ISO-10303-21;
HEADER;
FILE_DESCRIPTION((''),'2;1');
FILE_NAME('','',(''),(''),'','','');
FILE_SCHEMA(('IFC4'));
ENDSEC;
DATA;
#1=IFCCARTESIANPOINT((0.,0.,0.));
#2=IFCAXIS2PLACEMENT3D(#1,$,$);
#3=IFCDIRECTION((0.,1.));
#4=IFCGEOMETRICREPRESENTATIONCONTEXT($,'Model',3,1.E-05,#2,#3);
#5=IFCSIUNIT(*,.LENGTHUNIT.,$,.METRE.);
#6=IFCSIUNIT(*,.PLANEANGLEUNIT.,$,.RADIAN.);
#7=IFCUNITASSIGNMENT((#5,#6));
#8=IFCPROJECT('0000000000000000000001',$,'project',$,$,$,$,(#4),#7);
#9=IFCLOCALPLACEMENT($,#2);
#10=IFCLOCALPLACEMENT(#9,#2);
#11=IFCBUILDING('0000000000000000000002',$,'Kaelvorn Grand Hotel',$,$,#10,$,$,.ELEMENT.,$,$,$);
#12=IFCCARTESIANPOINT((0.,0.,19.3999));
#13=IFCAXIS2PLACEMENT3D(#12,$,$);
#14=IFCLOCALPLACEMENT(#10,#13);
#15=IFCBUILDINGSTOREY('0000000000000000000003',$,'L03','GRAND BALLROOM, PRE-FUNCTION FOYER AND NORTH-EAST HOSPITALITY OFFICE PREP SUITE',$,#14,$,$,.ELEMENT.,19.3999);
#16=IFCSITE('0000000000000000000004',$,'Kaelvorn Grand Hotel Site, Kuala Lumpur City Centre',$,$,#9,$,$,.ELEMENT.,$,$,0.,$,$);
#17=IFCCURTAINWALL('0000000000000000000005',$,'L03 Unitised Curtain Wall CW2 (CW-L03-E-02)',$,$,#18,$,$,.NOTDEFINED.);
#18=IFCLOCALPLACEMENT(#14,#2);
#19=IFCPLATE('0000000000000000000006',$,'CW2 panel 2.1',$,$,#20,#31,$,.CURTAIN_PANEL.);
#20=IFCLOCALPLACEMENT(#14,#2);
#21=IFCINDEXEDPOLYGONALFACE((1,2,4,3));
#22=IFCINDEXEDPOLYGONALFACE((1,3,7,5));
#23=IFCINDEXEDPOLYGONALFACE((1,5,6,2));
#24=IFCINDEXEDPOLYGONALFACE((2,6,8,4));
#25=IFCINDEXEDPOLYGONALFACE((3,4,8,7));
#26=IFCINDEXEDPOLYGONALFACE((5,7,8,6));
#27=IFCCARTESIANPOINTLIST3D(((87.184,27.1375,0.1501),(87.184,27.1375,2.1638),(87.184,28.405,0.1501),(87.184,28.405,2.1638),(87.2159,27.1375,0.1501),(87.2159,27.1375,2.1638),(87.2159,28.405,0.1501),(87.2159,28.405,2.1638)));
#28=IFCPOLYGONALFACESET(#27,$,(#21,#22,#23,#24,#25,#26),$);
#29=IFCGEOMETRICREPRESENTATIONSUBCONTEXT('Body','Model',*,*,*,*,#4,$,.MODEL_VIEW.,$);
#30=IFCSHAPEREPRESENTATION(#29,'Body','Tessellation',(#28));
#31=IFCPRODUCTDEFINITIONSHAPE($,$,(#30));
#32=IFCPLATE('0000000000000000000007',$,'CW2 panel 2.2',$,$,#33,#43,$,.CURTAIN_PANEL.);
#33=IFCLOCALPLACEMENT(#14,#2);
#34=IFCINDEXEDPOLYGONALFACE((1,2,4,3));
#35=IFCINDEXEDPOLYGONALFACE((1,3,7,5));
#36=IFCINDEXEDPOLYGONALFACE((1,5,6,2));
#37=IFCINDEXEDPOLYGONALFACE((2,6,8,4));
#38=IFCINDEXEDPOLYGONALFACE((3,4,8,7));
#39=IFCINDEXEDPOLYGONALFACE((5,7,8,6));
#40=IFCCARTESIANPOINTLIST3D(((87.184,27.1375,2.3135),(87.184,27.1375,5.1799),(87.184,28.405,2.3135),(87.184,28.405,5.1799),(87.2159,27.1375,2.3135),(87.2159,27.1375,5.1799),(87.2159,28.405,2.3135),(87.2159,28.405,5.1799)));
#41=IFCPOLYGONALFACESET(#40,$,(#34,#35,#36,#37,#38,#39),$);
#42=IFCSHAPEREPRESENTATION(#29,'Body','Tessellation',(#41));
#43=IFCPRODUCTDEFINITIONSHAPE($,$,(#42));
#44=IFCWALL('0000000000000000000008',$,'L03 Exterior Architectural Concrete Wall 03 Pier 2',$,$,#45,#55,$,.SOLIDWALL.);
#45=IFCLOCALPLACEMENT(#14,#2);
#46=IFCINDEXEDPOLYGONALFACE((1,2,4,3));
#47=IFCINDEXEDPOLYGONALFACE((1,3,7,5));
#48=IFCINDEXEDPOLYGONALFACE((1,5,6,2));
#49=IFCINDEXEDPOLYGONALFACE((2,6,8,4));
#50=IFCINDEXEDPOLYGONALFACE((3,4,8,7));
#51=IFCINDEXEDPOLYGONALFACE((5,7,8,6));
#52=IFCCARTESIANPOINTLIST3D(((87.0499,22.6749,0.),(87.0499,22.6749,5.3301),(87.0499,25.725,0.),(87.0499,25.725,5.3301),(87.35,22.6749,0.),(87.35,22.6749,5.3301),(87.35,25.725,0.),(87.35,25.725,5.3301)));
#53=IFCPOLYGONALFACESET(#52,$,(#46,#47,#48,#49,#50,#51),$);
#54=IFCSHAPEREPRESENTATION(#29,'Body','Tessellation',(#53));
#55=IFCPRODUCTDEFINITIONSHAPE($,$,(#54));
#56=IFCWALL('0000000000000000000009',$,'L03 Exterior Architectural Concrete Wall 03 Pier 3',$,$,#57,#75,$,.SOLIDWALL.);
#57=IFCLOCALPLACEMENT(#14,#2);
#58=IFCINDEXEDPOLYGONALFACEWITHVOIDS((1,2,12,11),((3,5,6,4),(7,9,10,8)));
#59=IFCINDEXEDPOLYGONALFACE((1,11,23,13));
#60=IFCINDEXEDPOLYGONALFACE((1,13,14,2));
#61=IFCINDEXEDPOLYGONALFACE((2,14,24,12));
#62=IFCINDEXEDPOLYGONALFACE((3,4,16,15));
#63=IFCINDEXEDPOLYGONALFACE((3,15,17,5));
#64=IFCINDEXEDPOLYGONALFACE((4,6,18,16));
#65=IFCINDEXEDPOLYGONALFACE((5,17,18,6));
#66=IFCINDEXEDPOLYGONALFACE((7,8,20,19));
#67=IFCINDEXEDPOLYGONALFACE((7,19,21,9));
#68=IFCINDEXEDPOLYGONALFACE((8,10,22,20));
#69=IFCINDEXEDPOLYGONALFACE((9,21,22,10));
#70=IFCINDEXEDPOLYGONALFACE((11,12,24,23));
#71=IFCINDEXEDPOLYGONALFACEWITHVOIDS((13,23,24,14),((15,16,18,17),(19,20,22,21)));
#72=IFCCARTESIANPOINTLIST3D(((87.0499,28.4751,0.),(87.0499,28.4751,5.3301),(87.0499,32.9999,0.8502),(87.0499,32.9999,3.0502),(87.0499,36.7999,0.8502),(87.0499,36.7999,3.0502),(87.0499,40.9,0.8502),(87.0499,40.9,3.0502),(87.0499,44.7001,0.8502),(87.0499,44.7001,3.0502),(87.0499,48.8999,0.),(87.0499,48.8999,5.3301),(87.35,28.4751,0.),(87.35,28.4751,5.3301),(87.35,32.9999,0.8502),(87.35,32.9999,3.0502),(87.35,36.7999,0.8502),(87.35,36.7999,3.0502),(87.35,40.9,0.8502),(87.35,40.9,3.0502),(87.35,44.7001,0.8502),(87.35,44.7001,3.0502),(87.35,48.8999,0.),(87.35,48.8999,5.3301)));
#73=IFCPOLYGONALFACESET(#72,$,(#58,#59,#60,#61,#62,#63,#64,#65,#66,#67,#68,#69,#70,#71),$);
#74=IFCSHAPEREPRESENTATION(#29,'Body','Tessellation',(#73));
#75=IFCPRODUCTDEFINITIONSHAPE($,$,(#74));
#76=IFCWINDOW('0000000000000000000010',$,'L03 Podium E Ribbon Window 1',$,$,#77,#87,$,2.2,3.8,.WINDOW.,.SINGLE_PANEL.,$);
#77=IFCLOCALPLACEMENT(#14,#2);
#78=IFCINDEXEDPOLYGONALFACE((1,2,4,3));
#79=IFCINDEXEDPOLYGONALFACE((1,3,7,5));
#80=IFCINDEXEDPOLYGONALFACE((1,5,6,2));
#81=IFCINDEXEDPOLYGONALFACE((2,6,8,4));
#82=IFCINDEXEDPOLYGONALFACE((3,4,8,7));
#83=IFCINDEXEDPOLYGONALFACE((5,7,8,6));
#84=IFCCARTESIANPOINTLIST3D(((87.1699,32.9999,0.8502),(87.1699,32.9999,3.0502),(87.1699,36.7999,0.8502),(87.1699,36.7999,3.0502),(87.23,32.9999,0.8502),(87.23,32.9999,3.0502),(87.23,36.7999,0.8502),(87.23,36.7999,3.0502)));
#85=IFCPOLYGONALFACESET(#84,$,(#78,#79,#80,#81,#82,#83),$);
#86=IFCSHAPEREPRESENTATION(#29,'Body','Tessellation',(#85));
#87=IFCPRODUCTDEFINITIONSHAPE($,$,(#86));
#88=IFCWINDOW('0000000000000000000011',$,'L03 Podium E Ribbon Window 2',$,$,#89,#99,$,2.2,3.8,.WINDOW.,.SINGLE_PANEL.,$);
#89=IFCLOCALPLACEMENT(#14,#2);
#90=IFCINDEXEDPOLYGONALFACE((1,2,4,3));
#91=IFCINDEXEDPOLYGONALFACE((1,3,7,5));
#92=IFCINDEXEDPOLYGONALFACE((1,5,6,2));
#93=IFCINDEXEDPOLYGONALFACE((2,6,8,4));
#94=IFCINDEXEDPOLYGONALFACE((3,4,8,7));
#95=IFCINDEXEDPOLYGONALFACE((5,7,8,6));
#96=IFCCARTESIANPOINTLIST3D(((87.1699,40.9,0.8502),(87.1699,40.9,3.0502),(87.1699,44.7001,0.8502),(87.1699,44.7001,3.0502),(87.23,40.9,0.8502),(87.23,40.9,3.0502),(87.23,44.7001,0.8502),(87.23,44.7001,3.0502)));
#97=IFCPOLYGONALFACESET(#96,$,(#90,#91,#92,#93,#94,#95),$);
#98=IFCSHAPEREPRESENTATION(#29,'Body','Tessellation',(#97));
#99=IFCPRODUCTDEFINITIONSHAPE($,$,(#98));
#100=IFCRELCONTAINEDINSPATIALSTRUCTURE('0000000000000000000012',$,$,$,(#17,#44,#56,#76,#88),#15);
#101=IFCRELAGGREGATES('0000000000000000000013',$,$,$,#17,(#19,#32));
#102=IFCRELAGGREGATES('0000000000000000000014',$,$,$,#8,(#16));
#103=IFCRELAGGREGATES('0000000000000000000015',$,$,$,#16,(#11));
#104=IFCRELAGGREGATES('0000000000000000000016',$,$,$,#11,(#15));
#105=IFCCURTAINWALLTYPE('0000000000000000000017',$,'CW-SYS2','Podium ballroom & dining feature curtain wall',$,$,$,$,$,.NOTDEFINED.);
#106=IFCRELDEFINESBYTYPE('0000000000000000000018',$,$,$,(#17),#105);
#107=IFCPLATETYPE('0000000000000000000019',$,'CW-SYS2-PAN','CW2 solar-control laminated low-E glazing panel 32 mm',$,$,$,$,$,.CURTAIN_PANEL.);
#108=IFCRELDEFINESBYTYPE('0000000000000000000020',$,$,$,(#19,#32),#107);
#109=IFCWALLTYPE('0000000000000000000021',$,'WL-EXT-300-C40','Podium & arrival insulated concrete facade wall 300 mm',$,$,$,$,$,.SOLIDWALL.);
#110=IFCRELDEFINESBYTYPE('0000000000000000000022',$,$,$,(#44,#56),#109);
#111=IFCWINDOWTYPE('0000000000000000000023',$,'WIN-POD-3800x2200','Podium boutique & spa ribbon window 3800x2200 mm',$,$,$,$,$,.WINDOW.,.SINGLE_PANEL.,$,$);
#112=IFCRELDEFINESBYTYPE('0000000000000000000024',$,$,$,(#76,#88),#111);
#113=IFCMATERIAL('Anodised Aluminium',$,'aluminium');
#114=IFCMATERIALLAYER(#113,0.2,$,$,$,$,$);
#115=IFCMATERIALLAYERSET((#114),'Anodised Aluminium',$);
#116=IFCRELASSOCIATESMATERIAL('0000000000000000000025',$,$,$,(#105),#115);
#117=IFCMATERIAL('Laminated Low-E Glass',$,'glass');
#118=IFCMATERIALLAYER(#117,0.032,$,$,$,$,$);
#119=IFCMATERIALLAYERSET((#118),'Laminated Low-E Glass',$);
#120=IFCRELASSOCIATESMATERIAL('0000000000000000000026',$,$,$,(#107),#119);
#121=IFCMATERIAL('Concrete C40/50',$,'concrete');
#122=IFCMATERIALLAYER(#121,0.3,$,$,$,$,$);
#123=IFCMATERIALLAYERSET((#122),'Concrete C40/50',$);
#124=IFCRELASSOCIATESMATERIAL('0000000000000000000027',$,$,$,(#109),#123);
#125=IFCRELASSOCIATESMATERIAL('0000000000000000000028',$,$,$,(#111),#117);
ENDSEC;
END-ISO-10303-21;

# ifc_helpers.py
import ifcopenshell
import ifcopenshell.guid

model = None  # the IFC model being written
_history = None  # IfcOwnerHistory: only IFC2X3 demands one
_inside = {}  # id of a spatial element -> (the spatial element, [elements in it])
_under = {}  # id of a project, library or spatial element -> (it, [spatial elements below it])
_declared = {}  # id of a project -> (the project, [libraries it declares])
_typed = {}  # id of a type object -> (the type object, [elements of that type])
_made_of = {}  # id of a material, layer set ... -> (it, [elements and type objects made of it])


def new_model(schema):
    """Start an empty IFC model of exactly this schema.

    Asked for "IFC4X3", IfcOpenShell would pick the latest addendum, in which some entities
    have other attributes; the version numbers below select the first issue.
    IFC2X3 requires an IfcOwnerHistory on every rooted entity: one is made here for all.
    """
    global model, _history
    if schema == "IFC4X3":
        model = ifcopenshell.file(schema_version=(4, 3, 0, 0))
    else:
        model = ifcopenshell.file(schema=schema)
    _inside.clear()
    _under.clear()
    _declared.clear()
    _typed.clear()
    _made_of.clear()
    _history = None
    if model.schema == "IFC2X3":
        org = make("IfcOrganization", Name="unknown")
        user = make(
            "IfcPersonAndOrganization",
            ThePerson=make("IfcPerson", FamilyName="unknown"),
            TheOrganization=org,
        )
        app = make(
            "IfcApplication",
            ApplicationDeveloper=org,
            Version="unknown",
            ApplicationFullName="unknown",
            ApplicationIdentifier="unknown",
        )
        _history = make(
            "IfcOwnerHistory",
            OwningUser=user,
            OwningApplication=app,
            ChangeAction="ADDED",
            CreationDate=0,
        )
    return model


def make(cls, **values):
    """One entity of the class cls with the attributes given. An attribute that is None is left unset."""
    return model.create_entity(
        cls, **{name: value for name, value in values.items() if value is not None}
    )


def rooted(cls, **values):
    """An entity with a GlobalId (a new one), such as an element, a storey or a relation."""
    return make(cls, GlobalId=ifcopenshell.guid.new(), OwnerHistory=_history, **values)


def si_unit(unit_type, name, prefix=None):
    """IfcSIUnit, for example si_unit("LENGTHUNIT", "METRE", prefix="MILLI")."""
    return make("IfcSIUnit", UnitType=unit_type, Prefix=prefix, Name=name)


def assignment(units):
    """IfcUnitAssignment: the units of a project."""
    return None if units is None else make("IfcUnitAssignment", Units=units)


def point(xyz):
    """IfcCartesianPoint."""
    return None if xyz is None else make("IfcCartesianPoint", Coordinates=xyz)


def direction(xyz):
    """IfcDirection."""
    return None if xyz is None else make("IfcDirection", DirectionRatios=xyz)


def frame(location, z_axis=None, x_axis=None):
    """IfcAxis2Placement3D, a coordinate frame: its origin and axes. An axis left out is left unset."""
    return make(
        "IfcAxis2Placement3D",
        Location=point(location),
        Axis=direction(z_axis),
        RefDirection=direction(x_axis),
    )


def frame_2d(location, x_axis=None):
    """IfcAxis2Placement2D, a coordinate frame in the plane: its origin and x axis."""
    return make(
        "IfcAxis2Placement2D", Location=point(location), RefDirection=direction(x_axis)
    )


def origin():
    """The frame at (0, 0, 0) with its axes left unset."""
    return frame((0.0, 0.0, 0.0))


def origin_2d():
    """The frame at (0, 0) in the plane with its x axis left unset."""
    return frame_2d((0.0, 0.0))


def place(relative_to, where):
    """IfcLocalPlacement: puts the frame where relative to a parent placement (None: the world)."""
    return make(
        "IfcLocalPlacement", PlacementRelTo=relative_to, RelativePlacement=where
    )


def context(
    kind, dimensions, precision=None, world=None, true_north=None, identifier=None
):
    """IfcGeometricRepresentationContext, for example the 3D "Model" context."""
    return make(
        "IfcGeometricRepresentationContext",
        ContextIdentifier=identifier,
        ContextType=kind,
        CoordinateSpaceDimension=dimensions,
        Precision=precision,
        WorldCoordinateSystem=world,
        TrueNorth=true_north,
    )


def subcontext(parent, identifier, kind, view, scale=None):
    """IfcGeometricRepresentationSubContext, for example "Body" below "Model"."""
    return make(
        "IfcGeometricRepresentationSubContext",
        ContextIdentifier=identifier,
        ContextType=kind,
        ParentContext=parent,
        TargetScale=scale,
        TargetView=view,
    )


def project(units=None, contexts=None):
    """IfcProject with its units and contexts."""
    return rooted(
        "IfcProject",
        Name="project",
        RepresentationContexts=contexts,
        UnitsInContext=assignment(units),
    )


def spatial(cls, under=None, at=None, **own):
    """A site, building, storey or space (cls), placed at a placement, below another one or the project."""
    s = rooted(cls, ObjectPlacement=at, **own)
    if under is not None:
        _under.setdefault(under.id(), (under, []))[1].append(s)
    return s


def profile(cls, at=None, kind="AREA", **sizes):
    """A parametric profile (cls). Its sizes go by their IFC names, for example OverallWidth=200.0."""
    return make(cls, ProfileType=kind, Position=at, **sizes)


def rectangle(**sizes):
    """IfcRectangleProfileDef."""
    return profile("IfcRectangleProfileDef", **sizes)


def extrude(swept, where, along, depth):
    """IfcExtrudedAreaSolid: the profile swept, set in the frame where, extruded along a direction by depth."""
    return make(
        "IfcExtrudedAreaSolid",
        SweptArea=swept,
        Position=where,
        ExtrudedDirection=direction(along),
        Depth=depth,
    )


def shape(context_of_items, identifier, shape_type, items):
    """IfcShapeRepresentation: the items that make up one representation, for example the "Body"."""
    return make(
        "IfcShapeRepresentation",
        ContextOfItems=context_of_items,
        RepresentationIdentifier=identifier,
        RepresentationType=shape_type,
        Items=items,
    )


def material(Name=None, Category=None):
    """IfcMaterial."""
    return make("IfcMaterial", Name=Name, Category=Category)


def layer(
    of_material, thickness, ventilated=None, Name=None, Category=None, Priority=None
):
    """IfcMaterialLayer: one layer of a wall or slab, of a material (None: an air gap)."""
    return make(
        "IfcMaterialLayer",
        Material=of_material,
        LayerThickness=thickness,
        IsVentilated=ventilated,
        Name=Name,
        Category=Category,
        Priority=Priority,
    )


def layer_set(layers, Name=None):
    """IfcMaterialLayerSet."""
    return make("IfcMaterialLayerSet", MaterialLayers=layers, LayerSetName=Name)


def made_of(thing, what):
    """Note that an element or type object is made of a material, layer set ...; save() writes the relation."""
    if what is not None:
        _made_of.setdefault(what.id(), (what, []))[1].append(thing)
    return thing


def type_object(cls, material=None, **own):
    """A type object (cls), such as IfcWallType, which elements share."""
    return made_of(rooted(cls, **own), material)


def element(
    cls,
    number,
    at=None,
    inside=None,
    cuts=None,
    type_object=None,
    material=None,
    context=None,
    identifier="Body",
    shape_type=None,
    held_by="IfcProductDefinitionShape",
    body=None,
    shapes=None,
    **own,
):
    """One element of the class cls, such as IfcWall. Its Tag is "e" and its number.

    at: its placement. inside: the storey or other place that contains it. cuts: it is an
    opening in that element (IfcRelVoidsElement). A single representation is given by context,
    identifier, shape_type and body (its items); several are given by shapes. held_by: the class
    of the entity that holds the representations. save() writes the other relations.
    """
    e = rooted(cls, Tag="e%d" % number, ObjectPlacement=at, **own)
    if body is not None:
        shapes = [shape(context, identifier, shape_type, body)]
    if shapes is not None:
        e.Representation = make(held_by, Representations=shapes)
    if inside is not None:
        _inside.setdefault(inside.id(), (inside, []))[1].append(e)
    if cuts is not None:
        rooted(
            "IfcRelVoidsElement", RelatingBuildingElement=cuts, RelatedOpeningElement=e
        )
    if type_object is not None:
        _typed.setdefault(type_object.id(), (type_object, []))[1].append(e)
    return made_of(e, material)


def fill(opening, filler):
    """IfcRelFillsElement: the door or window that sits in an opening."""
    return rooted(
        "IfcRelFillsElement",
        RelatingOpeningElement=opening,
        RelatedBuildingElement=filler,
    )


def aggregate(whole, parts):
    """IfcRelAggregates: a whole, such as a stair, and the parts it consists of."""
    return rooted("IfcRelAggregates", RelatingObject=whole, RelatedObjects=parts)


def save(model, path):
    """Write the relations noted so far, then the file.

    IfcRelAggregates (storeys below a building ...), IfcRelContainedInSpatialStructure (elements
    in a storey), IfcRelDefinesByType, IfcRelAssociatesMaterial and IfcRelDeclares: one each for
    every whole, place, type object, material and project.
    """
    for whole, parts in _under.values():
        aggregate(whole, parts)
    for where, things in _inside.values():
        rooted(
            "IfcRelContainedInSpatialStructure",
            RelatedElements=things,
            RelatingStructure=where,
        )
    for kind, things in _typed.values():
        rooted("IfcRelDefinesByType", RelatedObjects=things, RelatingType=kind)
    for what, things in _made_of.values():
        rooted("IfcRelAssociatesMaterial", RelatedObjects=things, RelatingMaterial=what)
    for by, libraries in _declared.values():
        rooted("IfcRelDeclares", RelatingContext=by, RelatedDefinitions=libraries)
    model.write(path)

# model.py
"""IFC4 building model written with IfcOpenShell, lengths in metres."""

from ifc_helpers import new_model, si_unit, direction, frame, frame_2d, origin, origin_2d, place, context, subcontext, project, spatial, rectangle, extrude, material, layer, layer_set, type_object, element, fill, aggregate, save


model = new_model("IFC4")

# Units and contexts
model_context = context("Model", 3, precision=1e-05, world=origin(), true_north=direction((0.0, 1.0)))
body_context = subcontext(model_context, "Body", "Model", "MODEL_VIEW")
ifc_project = project(units=[si_unit("LENGTHUNIT", "METRE"), si_unit("PLANEANGLEUNIT", "RADIAN")], contexts=[model_context])

# Site, building, storey
site_placement = place(None, origin())
site = spatial("IfcSite", under=ifc_project, at=site_placement, Name="Kaelvorn Grand Hotel Site, Kuala Lumpur City Centre", CompositionType="ELEMENT", RefElevation=0.0)
building_placement = place(site_placement, origin())
building = spatial("IfcBuilding", under=site, at=building_placement, Name="Kaelvorn Grand Hotel", CompositionType="ELEMENT")
storey_placement = place(building_placement, frame((0.0, 0.0, 19.3999)))
storey = spatial("IfcBuildingStorey", under=building, at=storey_placement, Name="L03", Description="GRAND BALLROOM, PRE-FUNCTION FOYER AND NORTH-EAST HOSPITALITY OFFICE PREP SUITE", CompositionType="ELEMENT", Elevation=19.3999)

# Shared definitions
ifc_material_1 = material(Name="Anodised Aluminium", Category="aluminium")
ifc_layer_1 = layer(ifc_material_1, 0.2)
ifc_layer_set_1 = layer_set([ifc_layer_1], Name="Anodised Aluminium")
curtain_wall_type = type_object("IfcCurtainWallType", Name="CW-SYS2", Description="Podium ballroom & dining feature curtain wall", PredefinedType="NOTDEFINED", material=ifc_layer_set_1)

# Curtain wall
curtain_wall_1_placement = place(storey_placement, origin())
curtain_wall_1 = element("IfcCurtainWall", 1, at=curtain_wall_1_placement, inside=storey, type_object=curtain_wall_type, Name="L03 Unitised Curtain Wall CW2 (CW-L03-E-02)", PredefinedType="NOTDEFINED")

# Plates
ifc_material_2 = material(Name="Laminated Low-E Glass", Category="glass")
ifc_layer_2 = layer(ifc_material_2, 0.032)
ifc_layer_set_2 = layer_set([ifc_layer_2], Name="Laminated Low-E Glass")
plate_type = type_object("IfcPlateType", Name="CW-SYS2-PAN", Description="CW2 solar-control laminated low-E glazing panel 32 mm", PredefinedType="CURTAIN_PANEL", material=ifc_layer_set_2)
plate_1_placement = place(storey_placement, frame((87.2, 27.7712, 0.1501), z_axis=(0.0, 0.0, 1.0), x_axis=(0.0, 1.0, 0.0)))
plate_1 = element("IfcPlate", 2, at=plate_1_placement, type_object=plate_type, Name="CW2 panel 2.1", PredefinedType="CURTAIN_PANEL", context=body_context, shape_type="SweptSolid", body=[
    extrude(rectangle(XDim=1.2676, YDim=0.032, at=origin_2d()), origin(), (0.0, 0.0, 1.0), 2.0137),
])
plate_2_placement = place(storey_placement, frame((87.2, 27.7712, 2.3135), z_axis=(0.0, 0.0, 1.0), x_axis=(0.0, 1.0, 0.0)))
plate_2 = element("IfcPlate", 3, at=plate_2_placement, type_object=plate_type, Name="CW2 panel 2.2", PredefinedType="CURTAIN_PANEL", context=body_context, shape_type="SweptSolid", body=[
    extrude(rectangle(XDim=1.2676, YDim=0.032, at=origin_2d()), origin(), (0.0, 0.0, 1.0), 2.8665),
])
aggregate(curtain_wall_1, [plate_1, plate_2])

# Wall
ifc_material_3 = material(Name="Concrete C40/50", Category="concrete")
ifc_layer_3 = layer(ifc_material_3, 0.3)
ifc_layer_set_3 = layer_set([ifc_layer_3], Name="Concrete C40/50")
wall_type = type_object("IfcWallType", Name="WL-EXT-300-C40", Description="Podium & arrival insulated concrete facade wall 300 mm", PredefinedType="SOLIDWALL", material=ifc_layer_set_3)
wall_1_placement = place(storey_placement, frame((87.2, 22.675, 0.0), z_axis=(0.0, 0.0, 1.0), x_axis=(0.0, 1.0, 0.0)))
element("IfcWall", 4, at=wall_1_placement, inside=storey, type_object=wall_type, Name="L03 Exterior Architectural Concrete Wall 03 Pier 2", PredefinedType="SOLIDWALL", context=body_context, shape_type="SweptSolid", body=[
    extrude(rectangle(XDim=3.05, YDim=0.3, at=frame_2d((1.5249, 0.0))), origin(), (0.0, 0.0, 1.0), 5.3301),
])

# Wall, openings, windows
wall_2_placement = place(storey_placement, frame((87.2, 28.4751, 0.0), z_axis=(0.0, 0.0, 1.0), x_axis=(0.0, 1.0, 0.0)))
wall_2 = element("IfcWall", 5, at=wall_2_placement, inside=storey, type_object=wall_type, Name="L03 Exterior Architectural Concrete Wall 03 Pier 3", PredefinedType="SOLIDWALL", context=body_context, shape_type="SweptSolid", body=[
    extrude(rectangle(XDim=20.4248, YDim=0.3, at=frame_2d((10.2124, 0.0))), origin(), (0.0, 0.0, 1.0), 5.3301),
])
opening_1_placement = place(wall_2_placement, frame((4.5249, 0.0, 0.8501)))
opening_1 = element("IfcOpeningElement", 6, at=opening_1_placement, cuts=wall_2, PredefinedType="OPENING", context=body_context, shape_type="SweptSolid", body=[
    extrude(rectangle(XDim=3.8, YDim=2.2, at=frame_2d((1.8999, 1.1001))), frame((0.0, 0.1602, 0.0), z_axis=(0.0, -1.0, 0.0), x_axis=(1.0, 0.0, 0.0)), (0.0, 0.0, 1.0), 0.3201),
])
opening_2_placement = place(wall_2_placement, frame((12.425, 0.0, 0.8501)))
opening_2 = element("IfcOpeningElement", 7, at=opening_2_placement, cuts=wall_2, PredefinedType="OPENING", context=body_context, shape_type="SweptSolid", body=[
    extrude(rectangle(XDim=3.8, YDim=2.2, at=frame_2d((1.8999, 1.1001))), frame((0.0, 0.1602, 0.0), z_axis=(0.0, -1.0, 0.0), x_axis=(1.0, 0.0, 0.0)), (0.0, 0.0, 1.0), 0.3201),
])
window_type = type_object("IfcWindowType", Name="WIN-POD-3800x2200", Description="Podium boutique & spa ribbon window 3800x2200 mm", PartitioningType="SINGLE_PANEL", PredefinedType="WINDOW", material=ifc_material_2)
window_1_placement = place(opening_1_placement, origin())
window_1 = element("IfcWindow", 8, at=window_1_placement, inside=storey, type_object=window_type, Name="L03 Podium E Ribbon Window 1", OverallHeight=2.2, OverallWidth=3.8, PartitioningType="SINGLE_PANEL", PredefinedType="WINDOW", context=body_context, shape_type="SweptSolid", body=[
    extrude(rectangle(XDim=3.8, YDim=2.2, at=frame_2d((1.8999, 1.1001))), frame((0.0, 0.03, 0.0), z_axis=(0.0, -1.0, 0.0), x_axis=(1.0, 0.0, 0.0)), (0.0, 0.0, 1.0), 0.0601),
])
fill(opening_1, window_1)
window_2_placement = place(opening_2_placement, origin())
window_2 = element("IfcWindow", 9, at=window_2_placement, inside=storey, type_object=window_type, Name="L03 Podium E Ribbon Window 2", OverallHeight=2.2, OverallWidth=3.8, PartitioningType="SINGLE_PANEL", PredefinedType="WINDOW", context=body_context, shape_type="SweptSolid", body=[
    extrude(rectangle(XDim=3.8, YDim=2.2, at=frame_2d((1.8999, 1.1001))), frame((0.0, 0.03, 0.0), z_axis=(0.0, -1.0, 0.0), x_axis=(1.0, 0.0, 0.0)), (0.0, 0.0, 1.0), 0.0601),
])
fill(opening_2, window_2)

save(model, "model.ifc")
